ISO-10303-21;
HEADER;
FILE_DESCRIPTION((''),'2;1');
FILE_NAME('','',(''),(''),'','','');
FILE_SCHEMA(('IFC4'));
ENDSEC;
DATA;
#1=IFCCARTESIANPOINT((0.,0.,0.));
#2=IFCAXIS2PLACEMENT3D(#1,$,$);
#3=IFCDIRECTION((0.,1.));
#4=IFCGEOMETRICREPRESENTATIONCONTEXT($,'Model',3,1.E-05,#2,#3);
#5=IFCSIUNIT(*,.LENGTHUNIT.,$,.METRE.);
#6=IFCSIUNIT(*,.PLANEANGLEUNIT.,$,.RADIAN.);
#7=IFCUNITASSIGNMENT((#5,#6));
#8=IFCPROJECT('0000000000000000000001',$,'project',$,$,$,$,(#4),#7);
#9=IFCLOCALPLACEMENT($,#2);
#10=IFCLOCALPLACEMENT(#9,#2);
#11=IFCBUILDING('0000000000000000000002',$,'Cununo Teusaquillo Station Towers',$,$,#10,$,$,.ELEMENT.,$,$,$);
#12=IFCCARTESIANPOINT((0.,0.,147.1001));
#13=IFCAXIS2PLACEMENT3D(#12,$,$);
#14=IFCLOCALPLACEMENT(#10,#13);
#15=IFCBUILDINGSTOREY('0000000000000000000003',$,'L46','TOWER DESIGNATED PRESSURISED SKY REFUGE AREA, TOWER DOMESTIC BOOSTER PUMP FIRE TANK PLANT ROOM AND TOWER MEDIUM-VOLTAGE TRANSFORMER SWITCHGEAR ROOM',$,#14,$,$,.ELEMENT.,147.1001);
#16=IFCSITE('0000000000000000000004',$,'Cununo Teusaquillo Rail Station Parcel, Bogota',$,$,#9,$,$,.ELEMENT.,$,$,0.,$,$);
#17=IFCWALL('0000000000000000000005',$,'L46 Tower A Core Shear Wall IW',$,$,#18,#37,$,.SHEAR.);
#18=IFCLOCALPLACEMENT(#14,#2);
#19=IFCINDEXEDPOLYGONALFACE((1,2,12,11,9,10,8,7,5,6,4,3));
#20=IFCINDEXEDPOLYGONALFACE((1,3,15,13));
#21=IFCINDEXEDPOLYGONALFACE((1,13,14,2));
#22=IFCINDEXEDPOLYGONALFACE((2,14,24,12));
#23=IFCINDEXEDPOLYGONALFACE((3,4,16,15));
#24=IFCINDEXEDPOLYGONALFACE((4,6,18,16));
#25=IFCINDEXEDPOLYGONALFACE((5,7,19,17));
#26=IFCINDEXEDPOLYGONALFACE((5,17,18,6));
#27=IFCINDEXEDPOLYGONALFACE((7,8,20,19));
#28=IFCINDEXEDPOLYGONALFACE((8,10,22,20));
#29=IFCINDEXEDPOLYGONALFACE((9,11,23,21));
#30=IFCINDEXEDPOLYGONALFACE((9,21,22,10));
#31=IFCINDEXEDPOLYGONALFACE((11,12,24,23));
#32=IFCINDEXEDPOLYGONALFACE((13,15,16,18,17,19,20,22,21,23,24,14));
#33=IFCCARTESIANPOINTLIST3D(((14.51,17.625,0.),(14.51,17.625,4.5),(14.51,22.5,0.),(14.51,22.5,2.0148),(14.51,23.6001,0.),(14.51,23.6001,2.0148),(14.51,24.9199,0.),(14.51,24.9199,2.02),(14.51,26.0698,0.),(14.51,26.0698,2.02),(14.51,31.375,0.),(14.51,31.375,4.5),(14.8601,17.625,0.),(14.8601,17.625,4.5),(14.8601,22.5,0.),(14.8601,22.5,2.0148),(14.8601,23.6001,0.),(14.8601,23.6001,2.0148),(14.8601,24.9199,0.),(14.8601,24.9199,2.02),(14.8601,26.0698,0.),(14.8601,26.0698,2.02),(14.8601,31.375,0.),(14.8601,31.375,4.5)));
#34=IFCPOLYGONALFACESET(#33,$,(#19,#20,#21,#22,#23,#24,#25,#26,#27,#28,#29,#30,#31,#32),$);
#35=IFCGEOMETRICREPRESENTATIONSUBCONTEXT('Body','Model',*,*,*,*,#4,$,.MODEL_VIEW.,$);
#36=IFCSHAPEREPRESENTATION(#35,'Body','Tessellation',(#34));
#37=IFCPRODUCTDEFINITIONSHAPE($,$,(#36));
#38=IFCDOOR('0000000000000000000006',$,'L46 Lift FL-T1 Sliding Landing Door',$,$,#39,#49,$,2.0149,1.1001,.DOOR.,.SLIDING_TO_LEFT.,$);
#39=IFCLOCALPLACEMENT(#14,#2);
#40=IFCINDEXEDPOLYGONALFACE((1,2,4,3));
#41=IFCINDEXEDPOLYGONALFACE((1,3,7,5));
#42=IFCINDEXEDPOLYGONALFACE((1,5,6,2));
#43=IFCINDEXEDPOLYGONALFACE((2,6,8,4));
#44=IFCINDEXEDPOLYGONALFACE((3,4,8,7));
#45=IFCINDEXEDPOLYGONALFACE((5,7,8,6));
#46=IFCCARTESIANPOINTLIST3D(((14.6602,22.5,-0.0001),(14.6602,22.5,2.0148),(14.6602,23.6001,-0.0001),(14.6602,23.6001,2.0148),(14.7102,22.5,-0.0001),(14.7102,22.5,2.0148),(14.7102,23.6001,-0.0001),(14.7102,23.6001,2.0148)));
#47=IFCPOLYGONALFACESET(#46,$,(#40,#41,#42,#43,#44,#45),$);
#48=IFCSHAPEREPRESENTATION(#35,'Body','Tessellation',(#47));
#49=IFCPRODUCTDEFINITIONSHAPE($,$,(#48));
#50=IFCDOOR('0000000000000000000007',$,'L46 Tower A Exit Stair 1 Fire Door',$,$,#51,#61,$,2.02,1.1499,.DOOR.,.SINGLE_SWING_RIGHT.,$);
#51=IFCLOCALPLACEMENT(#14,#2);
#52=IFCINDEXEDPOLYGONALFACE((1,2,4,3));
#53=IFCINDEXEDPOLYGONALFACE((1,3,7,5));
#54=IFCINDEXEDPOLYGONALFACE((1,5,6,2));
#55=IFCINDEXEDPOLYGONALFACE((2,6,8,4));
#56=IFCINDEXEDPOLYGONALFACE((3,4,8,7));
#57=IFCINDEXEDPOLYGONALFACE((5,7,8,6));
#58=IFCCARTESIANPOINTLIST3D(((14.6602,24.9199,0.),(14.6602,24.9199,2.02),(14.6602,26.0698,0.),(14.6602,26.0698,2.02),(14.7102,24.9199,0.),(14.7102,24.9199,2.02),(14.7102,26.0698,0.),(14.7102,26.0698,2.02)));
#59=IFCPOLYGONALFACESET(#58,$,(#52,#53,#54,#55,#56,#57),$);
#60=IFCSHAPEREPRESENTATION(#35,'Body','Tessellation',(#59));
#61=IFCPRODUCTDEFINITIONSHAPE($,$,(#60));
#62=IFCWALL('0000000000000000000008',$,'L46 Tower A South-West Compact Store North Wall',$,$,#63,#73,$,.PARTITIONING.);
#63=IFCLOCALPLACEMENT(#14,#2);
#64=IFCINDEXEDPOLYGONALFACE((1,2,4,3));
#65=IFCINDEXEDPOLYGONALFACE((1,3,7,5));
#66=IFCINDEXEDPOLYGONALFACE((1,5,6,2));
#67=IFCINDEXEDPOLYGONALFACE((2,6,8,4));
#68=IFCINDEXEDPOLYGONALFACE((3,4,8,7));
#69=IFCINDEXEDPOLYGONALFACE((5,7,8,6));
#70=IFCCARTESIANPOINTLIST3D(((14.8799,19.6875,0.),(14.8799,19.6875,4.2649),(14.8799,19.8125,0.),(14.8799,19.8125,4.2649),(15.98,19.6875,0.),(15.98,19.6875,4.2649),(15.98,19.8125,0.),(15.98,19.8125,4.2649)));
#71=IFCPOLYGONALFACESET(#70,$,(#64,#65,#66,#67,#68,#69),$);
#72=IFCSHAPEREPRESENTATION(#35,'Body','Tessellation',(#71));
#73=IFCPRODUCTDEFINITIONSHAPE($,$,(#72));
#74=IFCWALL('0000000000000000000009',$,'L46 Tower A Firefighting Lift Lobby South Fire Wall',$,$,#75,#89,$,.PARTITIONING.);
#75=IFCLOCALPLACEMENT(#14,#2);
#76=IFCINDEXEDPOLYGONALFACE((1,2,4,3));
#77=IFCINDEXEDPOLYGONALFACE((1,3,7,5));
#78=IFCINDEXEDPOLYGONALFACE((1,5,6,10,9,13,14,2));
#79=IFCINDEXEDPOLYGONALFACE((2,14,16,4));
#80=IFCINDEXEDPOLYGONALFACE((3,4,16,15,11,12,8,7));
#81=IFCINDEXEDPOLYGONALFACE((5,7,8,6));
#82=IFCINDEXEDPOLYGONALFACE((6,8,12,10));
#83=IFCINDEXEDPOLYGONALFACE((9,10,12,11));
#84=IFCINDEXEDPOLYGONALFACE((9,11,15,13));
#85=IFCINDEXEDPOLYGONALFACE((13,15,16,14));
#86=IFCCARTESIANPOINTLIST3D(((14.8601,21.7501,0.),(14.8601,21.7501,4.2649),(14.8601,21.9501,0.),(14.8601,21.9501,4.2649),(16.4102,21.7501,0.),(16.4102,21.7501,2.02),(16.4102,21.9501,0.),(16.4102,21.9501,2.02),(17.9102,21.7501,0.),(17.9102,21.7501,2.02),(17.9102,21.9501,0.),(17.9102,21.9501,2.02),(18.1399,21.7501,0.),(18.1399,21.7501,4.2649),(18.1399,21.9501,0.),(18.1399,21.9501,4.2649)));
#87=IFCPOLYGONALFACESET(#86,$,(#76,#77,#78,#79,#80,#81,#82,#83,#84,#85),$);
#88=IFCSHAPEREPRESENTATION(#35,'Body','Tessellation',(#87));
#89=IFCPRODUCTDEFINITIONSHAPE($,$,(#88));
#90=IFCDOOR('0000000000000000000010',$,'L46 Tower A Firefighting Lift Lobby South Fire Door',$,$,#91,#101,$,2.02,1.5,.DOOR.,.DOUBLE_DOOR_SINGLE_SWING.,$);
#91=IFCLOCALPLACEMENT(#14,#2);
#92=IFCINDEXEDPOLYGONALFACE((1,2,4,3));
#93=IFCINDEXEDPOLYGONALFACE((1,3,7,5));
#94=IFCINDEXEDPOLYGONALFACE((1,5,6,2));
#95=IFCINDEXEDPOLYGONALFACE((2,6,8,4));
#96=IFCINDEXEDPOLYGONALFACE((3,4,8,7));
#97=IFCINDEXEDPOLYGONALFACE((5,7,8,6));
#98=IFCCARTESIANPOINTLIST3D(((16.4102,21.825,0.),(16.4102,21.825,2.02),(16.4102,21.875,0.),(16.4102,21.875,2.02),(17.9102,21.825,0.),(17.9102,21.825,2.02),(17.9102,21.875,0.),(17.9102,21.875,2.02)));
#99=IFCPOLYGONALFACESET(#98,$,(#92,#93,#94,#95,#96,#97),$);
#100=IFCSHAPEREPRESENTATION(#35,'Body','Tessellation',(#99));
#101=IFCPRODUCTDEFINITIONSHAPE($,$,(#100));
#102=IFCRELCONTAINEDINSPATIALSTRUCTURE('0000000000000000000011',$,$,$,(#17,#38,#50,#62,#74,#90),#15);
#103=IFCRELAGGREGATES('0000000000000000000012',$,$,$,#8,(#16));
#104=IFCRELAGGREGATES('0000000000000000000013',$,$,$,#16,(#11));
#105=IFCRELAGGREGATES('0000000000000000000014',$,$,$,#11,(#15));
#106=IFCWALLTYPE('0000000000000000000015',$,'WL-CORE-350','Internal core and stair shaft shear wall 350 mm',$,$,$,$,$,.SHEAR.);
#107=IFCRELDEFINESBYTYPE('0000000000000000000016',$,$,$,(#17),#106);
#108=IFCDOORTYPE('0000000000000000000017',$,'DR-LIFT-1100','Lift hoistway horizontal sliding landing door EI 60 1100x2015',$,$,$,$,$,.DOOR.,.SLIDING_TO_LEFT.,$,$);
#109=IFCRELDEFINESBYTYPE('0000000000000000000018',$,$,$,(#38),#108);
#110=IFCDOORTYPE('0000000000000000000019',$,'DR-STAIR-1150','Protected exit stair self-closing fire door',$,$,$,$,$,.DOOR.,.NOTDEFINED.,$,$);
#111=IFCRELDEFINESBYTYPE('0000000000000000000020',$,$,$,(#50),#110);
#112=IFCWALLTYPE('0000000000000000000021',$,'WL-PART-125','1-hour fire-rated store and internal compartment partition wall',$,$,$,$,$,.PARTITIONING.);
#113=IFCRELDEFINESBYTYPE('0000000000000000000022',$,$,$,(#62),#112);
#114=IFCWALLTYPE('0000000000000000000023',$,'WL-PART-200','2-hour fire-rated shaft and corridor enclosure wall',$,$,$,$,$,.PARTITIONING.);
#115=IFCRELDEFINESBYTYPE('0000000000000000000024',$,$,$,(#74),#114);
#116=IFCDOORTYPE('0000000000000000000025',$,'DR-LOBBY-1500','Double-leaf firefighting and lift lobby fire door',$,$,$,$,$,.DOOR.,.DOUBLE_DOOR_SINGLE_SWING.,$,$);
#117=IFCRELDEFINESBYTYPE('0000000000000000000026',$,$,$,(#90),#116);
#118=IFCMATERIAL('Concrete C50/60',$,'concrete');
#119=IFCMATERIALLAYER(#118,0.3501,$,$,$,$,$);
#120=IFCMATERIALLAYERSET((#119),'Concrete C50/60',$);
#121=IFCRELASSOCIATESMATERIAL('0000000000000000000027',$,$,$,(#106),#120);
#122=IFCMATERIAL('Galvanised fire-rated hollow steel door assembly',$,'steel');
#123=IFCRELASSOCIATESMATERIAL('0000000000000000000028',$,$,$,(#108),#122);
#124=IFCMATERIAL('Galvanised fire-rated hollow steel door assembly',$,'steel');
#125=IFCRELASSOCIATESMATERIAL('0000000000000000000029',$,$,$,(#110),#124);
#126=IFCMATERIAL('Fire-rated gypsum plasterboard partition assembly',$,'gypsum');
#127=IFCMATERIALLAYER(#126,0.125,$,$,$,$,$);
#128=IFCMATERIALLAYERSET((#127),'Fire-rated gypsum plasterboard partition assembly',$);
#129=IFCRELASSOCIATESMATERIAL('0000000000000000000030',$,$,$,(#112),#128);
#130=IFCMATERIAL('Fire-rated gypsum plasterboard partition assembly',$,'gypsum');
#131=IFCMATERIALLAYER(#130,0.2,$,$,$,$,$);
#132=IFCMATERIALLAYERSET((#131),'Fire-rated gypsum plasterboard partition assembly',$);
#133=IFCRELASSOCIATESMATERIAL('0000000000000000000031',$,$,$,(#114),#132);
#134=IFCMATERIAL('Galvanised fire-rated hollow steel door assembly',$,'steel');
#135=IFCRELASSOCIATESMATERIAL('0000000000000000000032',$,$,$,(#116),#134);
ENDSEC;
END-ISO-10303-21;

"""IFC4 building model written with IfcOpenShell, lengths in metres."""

from ifc_helpers import new_model, si_unit, direction, frame, frame_2d, origin, place, context, subcontext, project, spatial, rectangle, extrude, source, transform, mapped, material, layer, layer_set, type_object, element, fill, save


model = new_model("IFC4")

# Units and contexts
model_context = context("Model", 3, precision=1e-05, world=origin(), true_north=direction((0.0, 1.0)))
body_context = subcontext(model_context, "Body", "Model", "MODEL_VIEW")
ifc_project = project(units=[si_unit("LENGTHUNIT", "METRE"), si_unit("PLANEANGLEUNIT", "RADIAN")], contexts=[model_context])

# Site, building, storey
site_placement = place(None, origin())
site = spatial("IfcSite", under=ifc_project, at=site_placement, Name="Cununo Teusaquillo Rail Station Parcel, Bogota", CompositionType="ELEMENT", RefElevation=0.0)
building_placement = place(site_placement, origin())
building = spatial("IfcBuilding", under=site, at=building_placement, Name="Cununo Teusaquillo Station Towers", CompositionType="ELEMENT")
storey_placement = place(building_placement, frame((0.0, 0.0, 147.1001)))
storey = spatial("IfcBuildingStorey", under=building, at=storey_placement, Name="L46", Description="TOWER DESIGNATED PRESSURISED SKY REFUGE AREA, TOWER DOMESTIC BOOSTER PUMP FIRE TANK PLANT ROOM AND TOWER MEDIUM-VOLTAGE TRANSFORMER SWITCHGEAR ROOM", CompositionType="ELEMENT", Elevation=147.1001)

# Wall, openings, doors
ifc_material_1 = material(Name="Concrete C50/60", Category="concrete")
ifc_layer_1 = layer(ifc_material_1, 0.3501)
ifc_layer_set_1 = layer_set([ifc_layer_1], Name="Concrete C50/60")
wall_type_1 = type_object("IfcWallType", Name="WL-CORE-350", Description="Internal core and stair shaft shear wall 350 mm", PredefinedType="SHEAR", material=ifc_layer_set_1)
wall_1_placement = place(storey_placement, frame((14.6851, 17.625, 0.0), z_axis=(0.0, 0.0, 1.0), x_axis=(0.0, 1.0, 0.0)))
wall_1 = element("IfcWall", 1, at=wall_1_placement, inside=storey, type_object=wall_type_1, Name="L46 Tower A Core Shear Wall IW", PredefinedType="SHEAR", context=body_context, shape_type="SweptSolid", body=[
    extrude(rectangle(XDim=13.75, YDim=0.3501, at=frame_2d((6.875, 0.0))), origin(), (0.0, 0.0, 1.0), 4.5),
])
shared_shape_1 = source(origin(), body_context, "Body", "SweptSolid", [
    extrude(rectangle(XDim=1.1001, YDim=2.0149, at=frame_2d((0.55, 1.0073))), frame((0.0, 0.1851, 0.0), z_axis=(0.0, -1.0, 0.0), x_axis=(1.0, 0.0, 0.0)), (0.0, 0.0, 1.0), 0.3701),
])
opening_1_placement = place(wall_1_placement, frame((4.875, 0.0, 0.0)))
opening_1 = element("IfcOpeningElement", 2, at=opening_1_placement, cuts=wall_1, PredefinedType="OPENING", context=body_context, shape_type="MappedRepresentation", body=[
    mapped(shared_shape_1, transform((0.0, 0.0, 0.0), x_axis=(1.0, 0.0, 0.0), y_axis=(0.0, 1.0, 0.0), z_axis=(0.0, 0.0, 1.0), scale=1.0)),
])
shared_shape_2 = source(origin(), body_context, "Body", "SweptSolid", [
    extrude(rectangle(XDim=1.1499, YDim=2.02, at=frame_2d((0.575, 1.01))), frame((0.0, 0.1851, 0.0), z_axis=(0.0, -1.0, 0.0), x_axis=(1.0, 0.0, 0.0)), (0.0, 0.0, 1.0), 0.3701),
])
opening_2_placement = place(wall_1_placement, frame((7.2949, 0.0, 0.0)))
opening_2 = element("IfcOpeningElement", 3, at=opening_2_placement, cuts=wall_1, PredefinedType="OPENING", context=body_context, shape_type="MappedRepresentation", body=[
    mapped(shared_shape_2, transform((0.0, 0.0, 0.0), x_axis=(1.0, 0.0, 0.0), y_axis=(0.0, 1.0, 0.0), z_axis=(0.0, 0.0, 1.0), scale=1.0)),
])
ifc_material_2 = material(Name="Galvanised fire-rated hollow steel door assembly", Category="steel")
door_type_1 = type_object("IfcDoorType", Name="DR-LIFT-1100", Description="Lift hoistway horizontal sliding landing door EI 60 1100x2015", OperationType="SLIDING_TO_LEFT", PredefinedType="DOOR", material=ifc_material_2)
shared_shape_3 = source(origin(), body_context, "Body", "SweptSolid", [
    extrude(rectangle(XDim=1.1001, YDim=2.0149, at=frame_2d((0.55, 1.0073))), frame((0.0, 0.0249, 0.0), z_axis=(0.0, -1.0, 0.0), x_axis=(1.0, 0.0, 0.0)), (0.0, 0.0, 1.0), 0.05),
])
door_1_placement = place(opening_1_placement, origin())
door_1 = element("IfcDoor", 4, at=door_1_placement, inside=storey, type_object=door_type_1, Name="L46 Lift FL-T1 Sliding Landing Door", OperationType="SLIDING_TO_LEFT", OverallHeight=2.0149, OverallWidth=1.1001, PredefinedType="DOOR", context=body_context, shape_type="MappedRepresentation", body=[
    mapped(shared_shape_3, transform((0.0, 0.0, 0.0), x_axis=(1.0, 0.0, 0.0), y_axis=(0.0, 1.0, 0.0), z_axis=(0.0, 0.0, 1.0), scale=1.0)),
])
fill(opening_1, door_1)
ifc_material_3 = material(Name="Galvanised fire-rated hollow steel door assembly", Category="steel")
door_type_2 = type_object("IfcDoorType", Name="DR-STAIR-1150", Description="Protected exit stair self-closing fire door", OperationType="NOTDEFINED", PredefinedType="DOOR", material=ifc_material_3)
shared_shape_4 = source(origin(), body_context, "Body", "SweptSolid", [
    extrude(rectangle(XDim=1.1499, YDim=2.02, at=frame_2d((0.575, 1.01))), frame((0.0, 0.0249, 0.0), z_axis=(0.0, -1.0, 0.0), x_axis=(1.0, 0.0, 0.0)), (0.0, 0.0, 1.0), 0.05),
])
door_2_placement = place(opening_2_placement, origin())
door_2 = element("IfcDoor", 5, at=door_2_placement, inside=storey, type_object=door_type_2, Name="L46 Tower A Exit Stair 1 Fire Door", OperationType="SINGLE_SWING_RIGHT", OverallHeight=2.02, OverallWidth=1.1499, PredefinedType="DOOR", context=body_context, shape_type="MappedRepresentation", body=[
    mapped(shared_shape_4, transform((0.0, 0.0, 0.0), x_axis=(1.0, 0.0, 0.0), y_axis=(0.0, 1.0, 0.0), z_axis=(0.0, 0.0, 1.0), scale=1.0)),
])
fill(opening_2, door_2)

# Wall
ifc_material_4 = material(Name="Fire-rated gypsum plasterboard partition assembly", Category="gypsum")
ifc_layer_2 = layer(ifc_material_4, 0.125)
ifc_layer_set_2 = layer_set([ifc_layer_2], Name="Fire-rated gypsum plasterboard partition assembly")
wall_type_2 = type_object("IfcWallType", Name="WL-PART-125", Description="1-hour fire-rated store and internal compartment partition wall", PredefinedType="PARTITIONING", material=ifc_layer_set_2)
wall_2_placement = place(storey_placement, frame((14.8799, 19.75, 0.0), z_axis=(0.0, 0.0, 1.0), x_axis=(1.0, 0.0, 0.0)))
element("IfcWall", 6, at=wall_2_placement, inside=storey, type_object=wall_type_2, Name="L46 Tower A South-West Compact Store North Wall", PredefinedType="PARTITIONING", context=body_context, shape_type="SweptSolid", body=[
    extrude(rectangle(XDim=1.1001, YDim=0.125, at=frame_2d((0.55, 0.0))), origin(), (0.0, 0.0, 1.0), 4.2649),
])

# Wall, opening, door
ifc_material_5 = material(Name="Fire-rated gypsum plasterboard partition assembly", Category="gypsum")
ifc_layer_3 = layer(ifc_material_5, 0.2)
ifc_layer_set_3 = layer_set([ifc_layer_3], Name="Fire-rated gypsum plasterboard partition assembly")
wall_type_3 = type_object("IfcWallType", Name="WL-PART-200", Description="2-hour fire-rated shaft and corridor enclosure wall", PredefinedType="PARTITIONING", material=ifc_layer_set_3)
wall_3_placement = place(storey_placement, frame((14.8601, 21.8501, 0.0), z_axis=(0.0, 0.0, 1.0), x_axis=(1.0, 0.0, 0.0)))
wall_3 = element("IfcWall", 7, at=wall_3_placement, inside=storey, type_object=wall_type_3, Name="L46 Tower A Firefighting Lift Lobby South Fire Wall", PredefinedType="PARTITIONING", context=body_context, shape_type="SweptSolid", body=[
    extrude(rectangle(XDim=3.2798, YDim=0.2, at=frame_2d((1.6399, 0.0))), origin(), (0.0, 0.0, 1.0), 4.2649),
])
shared_shape_5 = source(origin(), body_context, "Body", "SweptSolid", [
    extrude(rectangle(XDim=1.5, YDim=2.02, at=frame_2d((0.75, 1.01))), frame((0.0, 0.1099, 0.0), z_axis=(0.0, -1.0, 0.0), x_axis=(1.0, 0.0, 0.0)), (0.0, 0.0, 1.0), 0.22),
])
opening_3_placement = place(wall_3_placement, frame((1.55, 0.0, 0.0)))
opening_3 = element("IfcOpeningElement", 8, at=opening_3_placement, cuts=wall_3, PredefinedType="OPENING", context=body_context, shape_type="MappedRepresentation", body=[
    mapped(shared_shape_5, transform((0.0, 0.0, 0.0), x_axis=(1.0, 0.0, 0.0), y_axis=(0.0, 1.0, 0.0), z_axis=(0.0, 0.0, 1.0), scale=1.0)),
])
ifc_material_6 = material(Name="Galvanised fire-rated hollow steel door assembly", Category="steel")
door_type_3 = type_object("IfcDoorType", Name="DR-LOBBY-1500", Description="Double-leaf firefighting and lift lobby fire door", OperationType="DOUBLE_DOOR_SINGLE_SWING", PredefinedType="DOOR", material=ifc_material_6)
shared_shape_6 = source(origin(), body_context, "Body", "SweptSolid", [
    extrude(rectangle(XDim=1.5, YDim=2.02, at=frame_2d((0.75, 1.01))), frame((0.0, 0.0249, 0.0), z_axis=(0.0, -1.0, 0.0), x_axis=(1.0, 0.0, 0.0)), (0.0, 0.0, 1.0), 0.05),
])
door_3_placement = place(opening_3_placement, origin())
door_3 = element("IfcDoor", 9, at=door_3_placement, inside=storey, type_object=door_type_3, Name="L46 Tower A Firefighting Lift Lobby South Fire Door", OperationType="DOUBLE_DOOR_SINGLE_SWING", OverallHeight=2.02, OverallWidth=1.5, PredefinedType="DOOR", context=body_context, shape_type="MappedRepresentation", body=[
    mapped(shared_shape_6, transform((0.0, 0.0, 0.0), x_axis=(1.0, 0.0, 0.0), y_axis=(0.0, 1.0, 0.0), z_axis=(0.0, 0.0, 1.0), scale=1.0)),
])
fill(opening_3, door_3)

save(model, "model.ifc")
